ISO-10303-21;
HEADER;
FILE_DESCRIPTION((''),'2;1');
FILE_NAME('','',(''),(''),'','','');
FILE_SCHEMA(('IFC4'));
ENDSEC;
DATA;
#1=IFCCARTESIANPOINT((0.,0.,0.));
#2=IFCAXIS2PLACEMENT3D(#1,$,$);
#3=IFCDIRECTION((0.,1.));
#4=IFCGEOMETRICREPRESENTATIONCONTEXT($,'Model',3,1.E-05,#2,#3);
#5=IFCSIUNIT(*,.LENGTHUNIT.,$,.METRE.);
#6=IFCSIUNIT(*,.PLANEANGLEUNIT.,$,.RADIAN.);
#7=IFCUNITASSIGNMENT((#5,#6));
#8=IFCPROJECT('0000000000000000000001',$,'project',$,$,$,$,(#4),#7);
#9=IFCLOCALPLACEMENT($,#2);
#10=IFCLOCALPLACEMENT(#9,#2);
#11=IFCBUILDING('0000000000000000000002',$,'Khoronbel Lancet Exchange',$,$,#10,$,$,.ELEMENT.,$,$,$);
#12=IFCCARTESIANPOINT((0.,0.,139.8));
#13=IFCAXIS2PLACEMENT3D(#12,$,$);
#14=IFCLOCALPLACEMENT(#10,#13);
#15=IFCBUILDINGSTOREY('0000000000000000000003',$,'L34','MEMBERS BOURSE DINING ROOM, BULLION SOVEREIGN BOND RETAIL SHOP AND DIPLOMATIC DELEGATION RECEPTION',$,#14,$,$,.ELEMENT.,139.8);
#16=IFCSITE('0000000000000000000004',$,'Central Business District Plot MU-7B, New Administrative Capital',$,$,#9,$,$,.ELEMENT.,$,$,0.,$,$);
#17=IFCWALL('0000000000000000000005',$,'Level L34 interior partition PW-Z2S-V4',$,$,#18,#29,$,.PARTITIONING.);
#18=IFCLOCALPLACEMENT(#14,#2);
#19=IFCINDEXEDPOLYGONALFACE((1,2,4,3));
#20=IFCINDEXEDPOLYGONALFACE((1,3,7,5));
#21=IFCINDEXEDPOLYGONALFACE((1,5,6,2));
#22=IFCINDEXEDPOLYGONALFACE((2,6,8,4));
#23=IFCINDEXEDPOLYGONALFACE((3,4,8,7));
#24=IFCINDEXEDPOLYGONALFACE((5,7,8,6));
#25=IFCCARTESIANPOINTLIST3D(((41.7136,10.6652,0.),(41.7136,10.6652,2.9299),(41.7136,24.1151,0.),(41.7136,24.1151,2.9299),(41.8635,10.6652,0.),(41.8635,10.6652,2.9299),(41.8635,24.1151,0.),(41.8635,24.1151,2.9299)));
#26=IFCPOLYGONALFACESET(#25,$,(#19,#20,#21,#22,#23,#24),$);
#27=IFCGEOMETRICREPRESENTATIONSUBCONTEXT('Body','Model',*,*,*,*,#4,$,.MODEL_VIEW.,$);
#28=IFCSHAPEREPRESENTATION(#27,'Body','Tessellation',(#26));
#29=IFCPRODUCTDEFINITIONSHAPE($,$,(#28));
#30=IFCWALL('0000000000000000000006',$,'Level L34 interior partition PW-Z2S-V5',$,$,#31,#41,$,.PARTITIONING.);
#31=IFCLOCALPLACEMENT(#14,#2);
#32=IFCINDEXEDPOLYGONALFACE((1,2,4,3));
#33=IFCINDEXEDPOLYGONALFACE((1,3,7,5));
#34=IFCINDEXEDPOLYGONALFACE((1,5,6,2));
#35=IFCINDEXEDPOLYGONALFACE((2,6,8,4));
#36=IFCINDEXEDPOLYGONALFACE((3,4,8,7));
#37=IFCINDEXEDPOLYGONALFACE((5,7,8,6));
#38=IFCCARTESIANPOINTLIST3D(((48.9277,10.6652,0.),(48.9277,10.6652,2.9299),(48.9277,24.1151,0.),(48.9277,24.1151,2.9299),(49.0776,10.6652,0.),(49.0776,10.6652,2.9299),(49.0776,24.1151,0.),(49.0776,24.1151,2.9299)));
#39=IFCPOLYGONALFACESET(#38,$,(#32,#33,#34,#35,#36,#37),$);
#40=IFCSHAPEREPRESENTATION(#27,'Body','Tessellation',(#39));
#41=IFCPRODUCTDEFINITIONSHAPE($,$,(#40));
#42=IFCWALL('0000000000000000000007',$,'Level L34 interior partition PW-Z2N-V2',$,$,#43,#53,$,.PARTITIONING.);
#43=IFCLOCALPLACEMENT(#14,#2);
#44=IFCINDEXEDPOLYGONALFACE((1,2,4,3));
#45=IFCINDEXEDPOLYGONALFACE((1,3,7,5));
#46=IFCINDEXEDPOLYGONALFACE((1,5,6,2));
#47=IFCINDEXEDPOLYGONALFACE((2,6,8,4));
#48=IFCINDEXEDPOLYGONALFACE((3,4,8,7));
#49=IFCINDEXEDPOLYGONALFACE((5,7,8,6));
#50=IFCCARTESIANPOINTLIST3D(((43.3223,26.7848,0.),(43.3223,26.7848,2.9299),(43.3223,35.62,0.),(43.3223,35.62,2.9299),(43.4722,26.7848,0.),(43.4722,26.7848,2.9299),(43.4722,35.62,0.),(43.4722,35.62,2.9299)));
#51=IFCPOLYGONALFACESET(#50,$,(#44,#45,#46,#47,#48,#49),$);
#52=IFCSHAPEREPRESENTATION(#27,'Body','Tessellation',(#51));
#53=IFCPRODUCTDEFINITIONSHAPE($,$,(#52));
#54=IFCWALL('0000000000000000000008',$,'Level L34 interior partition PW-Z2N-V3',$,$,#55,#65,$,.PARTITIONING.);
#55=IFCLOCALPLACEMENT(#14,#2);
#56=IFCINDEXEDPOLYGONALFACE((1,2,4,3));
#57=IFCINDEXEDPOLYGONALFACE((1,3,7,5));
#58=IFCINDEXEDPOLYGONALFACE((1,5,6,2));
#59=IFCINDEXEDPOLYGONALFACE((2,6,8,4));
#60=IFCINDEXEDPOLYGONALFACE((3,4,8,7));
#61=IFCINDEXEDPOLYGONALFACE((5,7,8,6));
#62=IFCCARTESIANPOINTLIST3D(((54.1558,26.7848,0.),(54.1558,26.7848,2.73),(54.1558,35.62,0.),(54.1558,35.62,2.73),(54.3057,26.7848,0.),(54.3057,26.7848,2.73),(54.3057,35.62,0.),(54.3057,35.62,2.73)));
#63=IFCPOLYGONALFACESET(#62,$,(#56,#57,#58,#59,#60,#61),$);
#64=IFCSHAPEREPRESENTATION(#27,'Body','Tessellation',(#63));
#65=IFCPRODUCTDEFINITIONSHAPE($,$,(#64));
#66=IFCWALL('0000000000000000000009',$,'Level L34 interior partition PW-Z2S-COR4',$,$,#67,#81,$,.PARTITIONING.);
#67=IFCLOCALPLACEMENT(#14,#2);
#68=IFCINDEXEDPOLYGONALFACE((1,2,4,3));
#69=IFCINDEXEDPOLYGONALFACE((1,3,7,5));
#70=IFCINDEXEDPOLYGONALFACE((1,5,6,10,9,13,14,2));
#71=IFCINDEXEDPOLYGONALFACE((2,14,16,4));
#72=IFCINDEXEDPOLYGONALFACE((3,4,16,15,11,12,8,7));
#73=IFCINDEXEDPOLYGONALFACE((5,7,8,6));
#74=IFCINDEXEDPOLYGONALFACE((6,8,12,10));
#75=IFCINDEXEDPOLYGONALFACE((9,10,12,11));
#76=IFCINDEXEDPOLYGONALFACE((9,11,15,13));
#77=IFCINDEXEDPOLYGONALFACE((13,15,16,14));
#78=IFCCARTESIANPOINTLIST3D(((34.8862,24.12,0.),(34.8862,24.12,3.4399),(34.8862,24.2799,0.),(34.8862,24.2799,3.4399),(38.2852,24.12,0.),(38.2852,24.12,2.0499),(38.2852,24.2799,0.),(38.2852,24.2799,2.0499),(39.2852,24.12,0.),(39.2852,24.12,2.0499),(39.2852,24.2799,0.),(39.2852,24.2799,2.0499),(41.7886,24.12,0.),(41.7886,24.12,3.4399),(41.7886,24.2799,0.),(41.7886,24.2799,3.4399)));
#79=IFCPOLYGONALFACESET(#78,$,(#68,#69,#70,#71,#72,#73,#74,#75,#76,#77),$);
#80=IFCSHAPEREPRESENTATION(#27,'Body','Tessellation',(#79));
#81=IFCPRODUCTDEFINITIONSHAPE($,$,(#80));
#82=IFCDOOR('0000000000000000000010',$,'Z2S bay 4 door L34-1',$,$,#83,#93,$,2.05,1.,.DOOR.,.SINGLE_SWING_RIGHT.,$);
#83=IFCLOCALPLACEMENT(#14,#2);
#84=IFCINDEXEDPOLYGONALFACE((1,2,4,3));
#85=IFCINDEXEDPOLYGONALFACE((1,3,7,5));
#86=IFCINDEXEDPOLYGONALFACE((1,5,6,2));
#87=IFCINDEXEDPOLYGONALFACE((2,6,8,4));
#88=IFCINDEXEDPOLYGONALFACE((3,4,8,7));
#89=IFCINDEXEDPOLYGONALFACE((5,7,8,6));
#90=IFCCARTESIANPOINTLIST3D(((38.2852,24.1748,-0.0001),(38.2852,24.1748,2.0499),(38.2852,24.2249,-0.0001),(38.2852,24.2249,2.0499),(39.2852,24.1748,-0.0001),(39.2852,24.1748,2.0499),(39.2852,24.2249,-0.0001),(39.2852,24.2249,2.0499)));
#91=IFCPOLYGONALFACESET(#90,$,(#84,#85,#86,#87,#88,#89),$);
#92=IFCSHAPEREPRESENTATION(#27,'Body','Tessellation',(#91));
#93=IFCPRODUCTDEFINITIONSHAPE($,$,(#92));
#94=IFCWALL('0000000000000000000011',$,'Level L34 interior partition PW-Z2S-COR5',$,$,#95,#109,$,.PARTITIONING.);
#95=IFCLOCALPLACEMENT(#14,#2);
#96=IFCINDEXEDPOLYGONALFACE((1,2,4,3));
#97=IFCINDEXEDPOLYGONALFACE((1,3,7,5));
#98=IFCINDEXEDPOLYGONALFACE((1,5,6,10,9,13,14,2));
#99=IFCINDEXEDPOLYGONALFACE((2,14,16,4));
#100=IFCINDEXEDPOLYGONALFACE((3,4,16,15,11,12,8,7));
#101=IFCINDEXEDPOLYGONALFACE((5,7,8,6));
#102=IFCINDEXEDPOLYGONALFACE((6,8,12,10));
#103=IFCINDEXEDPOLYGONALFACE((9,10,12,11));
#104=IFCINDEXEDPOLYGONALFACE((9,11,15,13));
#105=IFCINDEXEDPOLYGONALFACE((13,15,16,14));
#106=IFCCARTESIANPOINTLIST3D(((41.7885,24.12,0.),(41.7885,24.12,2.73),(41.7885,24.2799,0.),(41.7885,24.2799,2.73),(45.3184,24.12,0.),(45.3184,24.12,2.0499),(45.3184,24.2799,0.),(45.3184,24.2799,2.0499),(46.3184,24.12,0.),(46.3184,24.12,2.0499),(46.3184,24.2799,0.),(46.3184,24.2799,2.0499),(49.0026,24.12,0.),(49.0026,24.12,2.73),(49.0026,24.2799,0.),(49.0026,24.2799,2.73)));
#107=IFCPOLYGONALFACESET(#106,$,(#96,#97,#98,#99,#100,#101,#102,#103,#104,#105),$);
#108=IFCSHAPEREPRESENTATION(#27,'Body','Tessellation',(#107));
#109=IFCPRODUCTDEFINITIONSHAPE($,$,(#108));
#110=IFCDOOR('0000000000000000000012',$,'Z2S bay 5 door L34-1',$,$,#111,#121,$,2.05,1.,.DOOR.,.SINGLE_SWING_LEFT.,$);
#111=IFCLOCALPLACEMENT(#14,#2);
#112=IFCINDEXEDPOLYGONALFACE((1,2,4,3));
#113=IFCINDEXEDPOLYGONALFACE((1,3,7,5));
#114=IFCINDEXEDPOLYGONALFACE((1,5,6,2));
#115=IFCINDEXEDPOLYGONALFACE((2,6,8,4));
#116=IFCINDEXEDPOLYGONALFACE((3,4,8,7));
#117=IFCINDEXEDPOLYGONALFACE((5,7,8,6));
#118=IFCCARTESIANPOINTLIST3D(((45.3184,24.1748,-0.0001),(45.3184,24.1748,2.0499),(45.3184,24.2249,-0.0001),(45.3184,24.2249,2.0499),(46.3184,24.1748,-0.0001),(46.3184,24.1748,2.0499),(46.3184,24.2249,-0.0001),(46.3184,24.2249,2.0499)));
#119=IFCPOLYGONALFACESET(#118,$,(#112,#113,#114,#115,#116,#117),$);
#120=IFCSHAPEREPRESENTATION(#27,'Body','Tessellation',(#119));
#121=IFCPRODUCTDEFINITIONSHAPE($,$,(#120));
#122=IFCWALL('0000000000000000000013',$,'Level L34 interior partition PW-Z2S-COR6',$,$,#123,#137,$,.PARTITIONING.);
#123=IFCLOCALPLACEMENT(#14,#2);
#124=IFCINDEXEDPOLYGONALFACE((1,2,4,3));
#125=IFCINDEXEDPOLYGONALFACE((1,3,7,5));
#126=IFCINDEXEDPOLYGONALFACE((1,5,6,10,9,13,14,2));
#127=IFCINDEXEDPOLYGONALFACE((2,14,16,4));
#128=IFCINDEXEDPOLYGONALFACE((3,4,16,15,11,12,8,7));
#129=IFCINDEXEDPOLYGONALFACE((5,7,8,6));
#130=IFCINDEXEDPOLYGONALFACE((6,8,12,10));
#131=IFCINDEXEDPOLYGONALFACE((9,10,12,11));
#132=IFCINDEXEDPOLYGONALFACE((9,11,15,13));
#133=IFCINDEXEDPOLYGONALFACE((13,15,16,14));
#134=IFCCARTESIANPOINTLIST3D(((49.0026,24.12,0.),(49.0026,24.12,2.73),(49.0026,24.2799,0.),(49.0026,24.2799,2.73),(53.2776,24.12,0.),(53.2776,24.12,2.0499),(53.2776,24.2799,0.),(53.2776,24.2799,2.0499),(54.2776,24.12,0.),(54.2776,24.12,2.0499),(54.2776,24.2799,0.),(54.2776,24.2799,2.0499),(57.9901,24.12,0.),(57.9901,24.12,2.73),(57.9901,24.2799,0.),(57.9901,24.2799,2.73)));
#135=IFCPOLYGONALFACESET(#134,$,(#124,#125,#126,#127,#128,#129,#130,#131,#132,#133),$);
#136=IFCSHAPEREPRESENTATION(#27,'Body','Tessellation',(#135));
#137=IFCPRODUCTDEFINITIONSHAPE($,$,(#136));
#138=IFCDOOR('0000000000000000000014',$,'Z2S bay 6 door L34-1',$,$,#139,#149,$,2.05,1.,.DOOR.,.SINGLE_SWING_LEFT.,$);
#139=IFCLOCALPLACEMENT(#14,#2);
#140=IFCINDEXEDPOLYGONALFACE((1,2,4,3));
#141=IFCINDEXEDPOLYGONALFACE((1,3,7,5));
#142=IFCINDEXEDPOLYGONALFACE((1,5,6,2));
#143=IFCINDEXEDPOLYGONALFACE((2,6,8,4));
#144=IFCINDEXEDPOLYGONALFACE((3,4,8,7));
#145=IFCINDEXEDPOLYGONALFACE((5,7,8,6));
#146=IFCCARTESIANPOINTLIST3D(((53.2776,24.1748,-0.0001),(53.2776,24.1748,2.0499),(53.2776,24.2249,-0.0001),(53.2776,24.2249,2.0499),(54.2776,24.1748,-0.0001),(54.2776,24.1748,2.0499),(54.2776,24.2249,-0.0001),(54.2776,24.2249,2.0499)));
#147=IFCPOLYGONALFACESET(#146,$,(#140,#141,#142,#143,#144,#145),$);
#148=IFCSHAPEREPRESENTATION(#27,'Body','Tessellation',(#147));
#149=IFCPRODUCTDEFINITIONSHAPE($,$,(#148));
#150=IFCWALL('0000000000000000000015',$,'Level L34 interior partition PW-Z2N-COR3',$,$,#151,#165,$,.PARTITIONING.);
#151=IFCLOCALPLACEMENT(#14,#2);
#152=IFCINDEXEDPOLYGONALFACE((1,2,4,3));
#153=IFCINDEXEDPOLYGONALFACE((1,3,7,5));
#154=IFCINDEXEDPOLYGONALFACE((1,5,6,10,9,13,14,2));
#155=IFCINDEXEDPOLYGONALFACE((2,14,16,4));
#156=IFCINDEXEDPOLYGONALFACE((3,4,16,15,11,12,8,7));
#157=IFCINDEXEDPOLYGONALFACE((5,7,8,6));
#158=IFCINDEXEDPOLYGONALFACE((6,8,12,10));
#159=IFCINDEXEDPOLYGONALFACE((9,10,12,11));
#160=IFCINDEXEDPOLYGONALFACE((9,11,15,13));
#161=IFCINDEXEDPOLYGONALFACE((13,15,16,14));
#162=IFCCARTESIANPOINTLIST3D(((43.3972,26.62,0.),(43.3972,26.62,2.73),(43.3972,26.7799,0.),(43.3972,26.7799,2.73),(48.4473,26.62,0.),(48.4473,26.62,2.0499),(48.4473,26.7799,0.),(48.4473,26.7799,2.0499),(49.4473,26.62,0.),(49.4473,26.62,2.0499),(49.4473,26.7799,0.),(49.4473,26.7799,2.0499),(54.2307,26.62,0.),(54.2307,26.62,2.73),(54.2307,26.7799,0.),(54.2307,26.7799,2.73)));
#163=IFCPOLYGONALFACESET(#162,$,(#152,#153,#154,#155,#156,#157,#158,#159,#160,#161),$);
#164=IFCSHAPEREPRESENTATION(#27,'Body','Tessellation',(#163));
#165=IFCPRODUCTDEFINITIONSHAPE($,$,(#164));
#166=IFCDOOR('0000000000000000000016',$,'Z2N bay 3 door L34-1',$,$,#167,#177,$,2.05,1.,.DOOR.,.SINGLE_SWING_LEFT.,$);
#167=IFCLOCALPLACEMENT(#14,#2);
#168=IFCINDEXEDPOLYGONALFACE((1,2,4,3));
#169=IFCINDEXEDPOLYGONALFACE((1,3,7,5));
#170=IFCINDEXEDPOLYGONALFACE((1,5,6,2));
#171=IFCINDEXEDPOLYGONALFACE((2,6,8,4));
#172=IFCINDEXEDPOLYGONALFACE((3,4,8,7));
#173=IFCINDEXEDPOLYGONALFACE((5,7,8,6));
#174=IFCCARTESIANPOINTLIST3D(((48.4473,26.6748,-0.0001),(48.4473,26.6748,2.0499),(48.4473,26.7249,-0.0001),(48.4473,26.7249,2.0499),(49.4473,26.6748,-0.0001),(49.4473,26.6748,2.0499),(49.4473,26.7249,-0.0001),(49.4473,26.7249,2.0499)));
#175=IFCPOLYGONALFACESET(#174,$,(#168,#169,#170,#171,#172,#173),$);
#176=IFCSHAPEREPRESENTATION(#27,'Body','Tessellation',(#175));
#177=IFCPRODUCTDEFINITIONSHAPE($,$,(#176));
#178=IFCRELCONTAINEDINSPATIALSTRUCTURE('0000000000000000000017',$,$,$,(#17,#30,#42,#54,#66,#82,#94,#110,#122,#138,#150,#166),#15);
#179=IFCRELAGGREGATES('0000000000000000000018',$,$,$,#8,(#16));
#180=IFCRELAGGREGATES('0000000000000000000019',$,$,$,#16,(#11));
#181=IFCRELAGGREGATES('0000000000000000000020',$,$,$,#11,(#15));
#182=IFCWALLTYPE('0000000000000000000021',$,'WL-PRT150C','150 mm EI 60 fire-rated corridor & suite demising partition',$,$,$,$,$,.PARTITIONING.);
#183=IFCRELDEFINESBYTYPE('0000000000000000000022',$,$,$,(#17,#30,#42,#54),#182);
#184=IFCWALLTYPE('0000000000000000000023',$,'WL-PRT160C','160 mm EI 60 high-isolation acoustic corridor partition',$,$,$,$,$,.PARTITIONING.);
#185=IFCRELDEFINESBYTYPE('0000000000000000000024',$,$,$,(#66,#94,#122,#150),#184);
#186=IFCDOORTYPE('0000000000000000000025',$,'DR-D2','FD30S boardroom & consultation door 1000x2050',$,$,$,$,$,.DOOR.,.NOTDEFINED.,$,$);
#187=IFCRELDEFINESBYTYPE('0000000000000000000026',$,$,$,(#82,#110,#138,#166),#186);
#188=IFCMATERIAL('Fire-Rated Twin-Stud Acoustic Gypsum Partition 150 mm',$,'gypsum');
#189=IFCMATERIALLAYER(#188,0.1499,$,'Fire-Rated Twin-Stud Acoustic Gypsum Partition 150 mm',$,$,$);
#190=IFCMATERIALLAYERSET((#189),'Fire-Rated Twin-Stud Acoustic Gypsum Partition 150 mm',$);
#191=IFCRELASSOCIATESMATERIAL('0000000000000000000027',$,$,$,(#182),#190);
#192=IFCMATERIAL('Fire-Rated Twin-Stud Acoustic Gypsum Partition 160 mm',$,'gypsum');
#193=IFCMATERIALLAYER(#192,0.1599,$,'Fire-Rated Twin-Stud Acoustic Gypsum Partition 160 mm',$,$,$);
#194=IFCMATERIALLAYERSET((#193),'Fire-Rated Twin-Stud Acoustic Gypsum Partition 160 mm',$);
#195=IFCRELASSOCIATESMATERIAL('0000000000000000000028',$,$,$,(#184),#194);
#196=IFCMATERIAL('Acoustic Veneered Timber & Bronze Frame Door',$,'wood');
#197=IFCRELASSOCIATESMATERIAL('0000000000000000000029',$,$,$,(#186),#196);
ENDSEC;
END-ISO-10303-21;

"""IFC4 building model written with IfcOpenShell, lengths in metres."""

from ifc_helpers import new_model, si_unit, direction, frame, frame_2d, origin, place, context, subcontext, project, spatial, rectangle, extrude, material, layer, layer_set, type_object, element, fill, save


model = new_model("IFC4")

# Units and contexts
model_context = context("Model", 3, precision=1e-05, world=origin(), true_north=direction((0.0, 1.0)))
body_context = subcontext(model_context, "Body", "Model", "MODEL_VIEW")
ifc_project = project(units=[si_unit("LENGTHUNIT", "METRE"), si_unit("PLANEANGLEUNIT", "RADIAN")], contexts=[model_context])

# Site, building, storey
site_placement = place(None, origin())
site = spatial("IfcSite", under=ifc_project, at=site_placement, Name="Central Business District Plot MU-7B, New Administrative Capital", CompositionType="ELEMENT", RefElevation=0.0)
building_placement = place(site_placement, origin())
building = spatial("IfcBuilding", under=site, at=building_placement, Name="Khoronbel Lancet Exchange", CompositionType="ELEMENT")
storey_placement = place(building_placement, frame((0.0, 0.0, 139.8)))
storey = spatial("IfcBuildingStorey", under=building, at=storey_placement, Name="L34", Description="MEMBERS BOURSE DINING ROOM, BULLION SOVEREIGN BOND RETAIL SHOP AND DIPLOMATIC DELEGATION RECEPTION", CompositionType="ELEMENT", Elevation=139.8)

# Walls
ifc_material_1 = material(Name="Fire-Rated Twin-Stud Acoustic Gypsum Partition 150 mm", Category="gypsum")
ifc_layer_1 = layer(ifc_material_1, 0.1499, Name="Fire-Rated Twin-Stud Acoustic Gypsum Partition 150 mm")
ifc_layer_set_1 = layer_set([ifc_layer_1], Name="Fire-Rated Twin-Stud Acoustic Gypsum Partition 150 mm")
wall_type_1 = type_object("IfcWallType", Name="WL-PRT150C", Description="150 mm EI 60 fire-rated corridor & suite demising partition", PredefinedType="PARTITIONING", material=ifc_layer_set_1)
for number, where, z_axis, x_axis, name in (
    (1, (41.7886, 10.665, 0.0), (0.0, 0.0, 1.0), (0.0, 1.0, 0.0), "Level L34 interior partition PW-Z2S-V4"),
    (2, (49.0027, 10.665, 0.0), (0.0, 0.0, 1.0), (0.0, 1.0, 0.0), "Level L34 interior partition PW-Z2S-V5"),
):
    element("IfcWall", number, at=place(storey_placement, frame(where, z_axis=z_axis, x_axis=x_axis)), inside=storey, type_object=wall_type_1, Name=name, PredefinedType="PARTITIONING", context=body_context, shape_type="SweptSolid", body=[
        extrude(rectangle(XDim=13.45, YDim=0.1499, at=frame_2d((6.7251, 0.0))), origin(), (0.0, 0.0, 1.0), 2.9299),
    ])
wall_1_placement = place(storey_placement, frame((43.3972, 26.7849, 0.0), z_axis=(0.0, 0.0, 1.0), x_axis=(0.0, 1.0, 0.0)))
element("IfcWall", 3, at=wall_1_placement, inside=storey, type_object=wall_type_1, Name="Level L34 interior partition PW-Z2N-V2", PredefinedType="PARTITIONING", context=body_context, shape_type="SweptSolid", body=[
    extrude(rectangle(XDim=8.8352, YDim=0.1499, at=frame_2d((4.4175, 0.0))), origin(), (0.0, 0.0, 1.0), 2.9299),
])
wall_2_placement = place(storey_placement, frame((54.2307, 26.7849, 0.0), z_axis=(0.0, 0.0, 1.0), x_axis=(0.0, 1.0, 0.0)))
element("IfcWall", 4, at=wall_2_placement, inside=storey, type_object=wall_type_1, Name="Level L34 interior partition PW-Z2N-V3", PredefinedType="PARTITIONING", context=body_context, shape_type="SweptSolid", body=[
    extrude(rectangle(XDim=8.8352, YDim=0.1499, at=frame_2d((4.4175, 0.0))), origin(), (0.0, 0.0, 1.0), 2.73),
])

# Walls, openings, doors
ifc_material_2 = material(Name="Fire-Rated Twin-Stud Acoustic Gypsum Partition 160 mm", Category="gypsum")
ifc_layer_2 = layer(ifc_material_2, 0.1599, Name="Fire-Rated Twin-Stud Acoustic Gypsum Partition 160 mm")
ifc_layer_set_2 = layer_set([ifc_layer_2], Name="Fire-Rated Twin-Stud Acoustic Gypsum Partition 160 mm")
wall_type_2 = type_object("IfcWallType", Name="WL-PRT160C", Description="160 mm EI 60 high-isolation acoustic corridor partition", PredefinedType="PARTITIONING", material=ifc_layer_set_2)
wall_3_placement = place(storey_placement, frame((34.8862, 24.2, 0.0), z_axis=(0.0, 0.0, 1.0), x_axis=(1.0, 0.0, 0.0)))
wall_3 = element("IfcWall", 5, at=wall_3_placement, inside=storey, type_object=wall_type_2, Name="Level L34 interior partition PW-Z2S-COR4", PredefinedType="PARTITIONING", context=body_context, shape_type="SweptSolid", body=[
    extrude(rectangle(XDim=6.9023, YDim=0.1599, at=frame_2d((3.4512, 0.0))), origin(), (0.0, 0.0, 1.0), 3.4399),
])
opening_1_placement = place(wall_3_placement, frame((3.3989, 0.0, 0.0)))
opening_1 = element("IfcOpeningElement", 6, at=opening_1_placement, cuts=wall_3, PredefinedType="OPENING", context=body_context, shape_type="SweptSolid", body=[
    extrude(rectangle(XDim=1.0, YDim=2.05, at=frame_2d((0.5, 1.0249))), frame((0.0, 0.0898, 0.0), z_axis=(0.0, -1.0, 0.0), x_axis=(1.0, 0.0, 0.0)), (0.0, 0.0, 1.0), 0.1799),
])
ifc_material_3 = material(Name="Acoustic Veneered Timber & Bronze Frame Door", Category="wood")
door_type_1 = type_object("IfcDoorType", Name="DR-D2", Description="FD30S boardroom & consultation door 1000x2050", OperationType="NOTDEFINED", PredefinedType="DOOR", material=ifc_material_3)
door_1_placement = place(opening_1_placement, origin())
door_1 = element("IfcDoor", 7, at=door_1_placement, inside=storey, type_object=door_type_1, Name="Z2S bay 4 door L34-1", OperationType="SINGLE_SWING_RIGHT", OverallHeight=2.05, OverallWidth=1.0, PredefinedType="DOOR", context=body_context, shape_type="SweptSolid", body=[
    extrude(rectangle(XDim=1.0, YDim=2.05, at=frame_2d((0.5, 1.0249))), frame((0.0, 0.0249, 0.0), z_axis=(0.0, -1.0, 0.0), x_axis=(1.0, 0.0, 0.0)), (0.0, 0.0, 1.0), 0.05),
])
fill(opening_1, door_1)
wall_4_placement = place(storey_placement, frame((41.7886, 24.2, 0.0), z_axis=(0.0, 0.0, 1.0), x_axis=(1.0, 0.0, 0.0)))
wall_4 = element("IfcWall", 8, at=wall_4_placement, inside=storey, type_object=wall_type_2, Name="Level L34 interior partition PW-Z2S-COR5", PredefinedType="PARTITIONING", context=body_context, shape_type="SweptSolid", body=[
    extrude(rectangle(XDim=7.2141, YDim=0.1599, at=frame_2d((3.6069, 0.0))), origin(), (0.0, 0.0, 1.0), 2.73),
])
opening_2_placement = place(wall_4_placement, frame((3.5298, 0.0, 0.0)))
opening_2 = element("IfcOpeningElement", 9, at=opening_2_placement, cuts=wall_4, PredefinedType="OPENING", context=body_context, shape_type="SweptSolid", body=[
    extrude(rectangle(XDim=1.0, YDim=2.05, at=frame_2d((0.5, 1.0249))), frame((0.0, 0.0898, 0.0), z_axis=(0.0, -1.0, 0.0), x_axis=(1.0, 0.0, 0.0)), (0.0, 0.0, 1.0), 0.1799),
])
door_2_placement = place(opening_2_placement, origin())
door_2 = element("IfcDoor", 10, at=door_2_placement, inside=storey, type_object=door_type_1, Name="Z2S bay 5 door L34-1", OperationType="SINGLE_SWING_LEFT", OverallHeight=2.05, OverallWidth=1.0, PredefinedType="DOOR", context=body_context, shape_type="SweptSolid", body=[
    extrude(rectangle(XDim=1.0, YDim=2.05, at=frame_2d((0.5, 1.0249))), frame((0.0, 0.0249, 0.0), z_axis=(0.0, -1.0, 0.0), x_axis=(1.0, 0.0, 0.0)), (0.0, 0.0, 1.0), 0.05),
])
fill(opening_2, door_2)
wall_5_placement = place(storey_placement, frame((49.0027, 24.2, 0.0), z_axis=(0.0, 0.0, 1.0), x_axis=(1.0, 0.0, 0.0)))
wall_5 = element("IfcWall", 11, at=wall_5_placement, inside=storey, type_object=wall_type_2, Name="Level L34 interior partition PW-Z2S-COR6", PredefinedType="PARTITIONING", context=body_context, shape_type="SweptSolid", body=[
    extrude(rectangle(XDim=8.9875, YDim=0.1599, at=frame_2d((4.4937, 0.0))), origin(), (0.0, 0.0, 1.0), 2.73),
])
opening_3_placement = place(wall_5_placement, frame((4.2749, 0.0, 0.0)))
opening_3 = element("IfcOpeningElement", 12, at=opening_3_placement, cuts=wall_5, PredefinedType="OPENING", context=body_context, shape_type="SweptSolid", body=[
    extrude(rectangle(XDim=1.0, YDim=2.05, at=frame_2d((0.5, 1.0249))), frame((0.0, 0.0898, 0.0), z_axis=(0.0, -1.0, 0.0), x_axis=(1.0, 0.0, 0.0)), (0.0, 0.0, 1.0), 0.1799),
])
door_3_placement = place(opening_3_placement, origin())
door_3 = element("IfcDoor", 13, at=door_3_placement, inside=storey, type_object=door_type_1, Name="Z2S bay 6 door L34-1", OperationType="SINGLE_SWING_LEFT", OverallHeight=2.05, OverallWidth=1.0, PredefinedType="DOOR", context=body_context, shape_type="SweptSolid", body=[
    extrude(rectangle(XDim=1.0, YDim=2.05, at=frame_2d((0.5, 1.0249))), frame((0.0, 0.0249, 0.0), z_axis=(0.0, -1.0, 0.0), x_axis=(1.0, 0.0, 0.0)), (0.0, 0.0, 1.0), 0.05),
])
fill(opening_3, door_3)
wall_6_placement = place(storey_placement, frame((43.3972, 26.7, 0.0), z_axis=(0.0, 0.0, 1.0), x_axis=(1.0, 0.0, 0.0)))
wall_6 = element("IfcWall", 14, at=wall_6_placement, inside=storey, type_object=wall_type_2, Name="Level L34 interior partition PW-Z2N-COR3", PredefinedType="PARTITIONING", context=body_context, shape_type="SweptSolid", body=[
    extrude(rectangle(XDim=10.8335, YDim=0.1599, at=frame_2d((5.4167, 0.0))), origin(), (0.0, 0.0, 1.0), 2.73),
])
opening_4_placement = place(wall_6_placement, frame((5.05, 0.0, 0.0)))
opening_4 = element("IfcOpeningElement", 15, at=opening_4_placement, cuts=wall_6, PredefinedType="OPENING", context=body_context, shape_type="SweptSolid", body=[
    extrude(rectangle(XDim=1.0, YDim=2.05, at=frame_2d((0.5, 1.0249))), frame((0.0, 0.0898, 0.0), z_axis=(0.0, -1.0, 0.0), x_axis=(1.0, 0.0, 0.0)), (0.0, 0.0, 1.0), 0.1799),
])
door_4_placement = place(opening_4_placement, origin())
door_4 = element("IfcDoor", 16, at=door_4_placement, inside=storey, type_object=door_type_1, Name="Z2N bay 3 door L34-1", OperationType="SINGLE_SWING_LEFT", OverallHeight=2.05, OverallWidth=1.0, PredefinedType="DOOR", context=body_context, shape_type="SweptSolid", body=[
    extrude(rectangle(XDim=1.0, YDim=2.05, at=frame_2d((0.5, 1.0249))), frame((0.0, 0.0249, 0.0), z_axis=(0.0, -1.0, 0.0), x_axis=(1.0, 0.0, 0.0)), (0.0, 0.0, 1.0), 0.05),
])
fill(opening_4, door_4)

save(model, "model.ifc")
